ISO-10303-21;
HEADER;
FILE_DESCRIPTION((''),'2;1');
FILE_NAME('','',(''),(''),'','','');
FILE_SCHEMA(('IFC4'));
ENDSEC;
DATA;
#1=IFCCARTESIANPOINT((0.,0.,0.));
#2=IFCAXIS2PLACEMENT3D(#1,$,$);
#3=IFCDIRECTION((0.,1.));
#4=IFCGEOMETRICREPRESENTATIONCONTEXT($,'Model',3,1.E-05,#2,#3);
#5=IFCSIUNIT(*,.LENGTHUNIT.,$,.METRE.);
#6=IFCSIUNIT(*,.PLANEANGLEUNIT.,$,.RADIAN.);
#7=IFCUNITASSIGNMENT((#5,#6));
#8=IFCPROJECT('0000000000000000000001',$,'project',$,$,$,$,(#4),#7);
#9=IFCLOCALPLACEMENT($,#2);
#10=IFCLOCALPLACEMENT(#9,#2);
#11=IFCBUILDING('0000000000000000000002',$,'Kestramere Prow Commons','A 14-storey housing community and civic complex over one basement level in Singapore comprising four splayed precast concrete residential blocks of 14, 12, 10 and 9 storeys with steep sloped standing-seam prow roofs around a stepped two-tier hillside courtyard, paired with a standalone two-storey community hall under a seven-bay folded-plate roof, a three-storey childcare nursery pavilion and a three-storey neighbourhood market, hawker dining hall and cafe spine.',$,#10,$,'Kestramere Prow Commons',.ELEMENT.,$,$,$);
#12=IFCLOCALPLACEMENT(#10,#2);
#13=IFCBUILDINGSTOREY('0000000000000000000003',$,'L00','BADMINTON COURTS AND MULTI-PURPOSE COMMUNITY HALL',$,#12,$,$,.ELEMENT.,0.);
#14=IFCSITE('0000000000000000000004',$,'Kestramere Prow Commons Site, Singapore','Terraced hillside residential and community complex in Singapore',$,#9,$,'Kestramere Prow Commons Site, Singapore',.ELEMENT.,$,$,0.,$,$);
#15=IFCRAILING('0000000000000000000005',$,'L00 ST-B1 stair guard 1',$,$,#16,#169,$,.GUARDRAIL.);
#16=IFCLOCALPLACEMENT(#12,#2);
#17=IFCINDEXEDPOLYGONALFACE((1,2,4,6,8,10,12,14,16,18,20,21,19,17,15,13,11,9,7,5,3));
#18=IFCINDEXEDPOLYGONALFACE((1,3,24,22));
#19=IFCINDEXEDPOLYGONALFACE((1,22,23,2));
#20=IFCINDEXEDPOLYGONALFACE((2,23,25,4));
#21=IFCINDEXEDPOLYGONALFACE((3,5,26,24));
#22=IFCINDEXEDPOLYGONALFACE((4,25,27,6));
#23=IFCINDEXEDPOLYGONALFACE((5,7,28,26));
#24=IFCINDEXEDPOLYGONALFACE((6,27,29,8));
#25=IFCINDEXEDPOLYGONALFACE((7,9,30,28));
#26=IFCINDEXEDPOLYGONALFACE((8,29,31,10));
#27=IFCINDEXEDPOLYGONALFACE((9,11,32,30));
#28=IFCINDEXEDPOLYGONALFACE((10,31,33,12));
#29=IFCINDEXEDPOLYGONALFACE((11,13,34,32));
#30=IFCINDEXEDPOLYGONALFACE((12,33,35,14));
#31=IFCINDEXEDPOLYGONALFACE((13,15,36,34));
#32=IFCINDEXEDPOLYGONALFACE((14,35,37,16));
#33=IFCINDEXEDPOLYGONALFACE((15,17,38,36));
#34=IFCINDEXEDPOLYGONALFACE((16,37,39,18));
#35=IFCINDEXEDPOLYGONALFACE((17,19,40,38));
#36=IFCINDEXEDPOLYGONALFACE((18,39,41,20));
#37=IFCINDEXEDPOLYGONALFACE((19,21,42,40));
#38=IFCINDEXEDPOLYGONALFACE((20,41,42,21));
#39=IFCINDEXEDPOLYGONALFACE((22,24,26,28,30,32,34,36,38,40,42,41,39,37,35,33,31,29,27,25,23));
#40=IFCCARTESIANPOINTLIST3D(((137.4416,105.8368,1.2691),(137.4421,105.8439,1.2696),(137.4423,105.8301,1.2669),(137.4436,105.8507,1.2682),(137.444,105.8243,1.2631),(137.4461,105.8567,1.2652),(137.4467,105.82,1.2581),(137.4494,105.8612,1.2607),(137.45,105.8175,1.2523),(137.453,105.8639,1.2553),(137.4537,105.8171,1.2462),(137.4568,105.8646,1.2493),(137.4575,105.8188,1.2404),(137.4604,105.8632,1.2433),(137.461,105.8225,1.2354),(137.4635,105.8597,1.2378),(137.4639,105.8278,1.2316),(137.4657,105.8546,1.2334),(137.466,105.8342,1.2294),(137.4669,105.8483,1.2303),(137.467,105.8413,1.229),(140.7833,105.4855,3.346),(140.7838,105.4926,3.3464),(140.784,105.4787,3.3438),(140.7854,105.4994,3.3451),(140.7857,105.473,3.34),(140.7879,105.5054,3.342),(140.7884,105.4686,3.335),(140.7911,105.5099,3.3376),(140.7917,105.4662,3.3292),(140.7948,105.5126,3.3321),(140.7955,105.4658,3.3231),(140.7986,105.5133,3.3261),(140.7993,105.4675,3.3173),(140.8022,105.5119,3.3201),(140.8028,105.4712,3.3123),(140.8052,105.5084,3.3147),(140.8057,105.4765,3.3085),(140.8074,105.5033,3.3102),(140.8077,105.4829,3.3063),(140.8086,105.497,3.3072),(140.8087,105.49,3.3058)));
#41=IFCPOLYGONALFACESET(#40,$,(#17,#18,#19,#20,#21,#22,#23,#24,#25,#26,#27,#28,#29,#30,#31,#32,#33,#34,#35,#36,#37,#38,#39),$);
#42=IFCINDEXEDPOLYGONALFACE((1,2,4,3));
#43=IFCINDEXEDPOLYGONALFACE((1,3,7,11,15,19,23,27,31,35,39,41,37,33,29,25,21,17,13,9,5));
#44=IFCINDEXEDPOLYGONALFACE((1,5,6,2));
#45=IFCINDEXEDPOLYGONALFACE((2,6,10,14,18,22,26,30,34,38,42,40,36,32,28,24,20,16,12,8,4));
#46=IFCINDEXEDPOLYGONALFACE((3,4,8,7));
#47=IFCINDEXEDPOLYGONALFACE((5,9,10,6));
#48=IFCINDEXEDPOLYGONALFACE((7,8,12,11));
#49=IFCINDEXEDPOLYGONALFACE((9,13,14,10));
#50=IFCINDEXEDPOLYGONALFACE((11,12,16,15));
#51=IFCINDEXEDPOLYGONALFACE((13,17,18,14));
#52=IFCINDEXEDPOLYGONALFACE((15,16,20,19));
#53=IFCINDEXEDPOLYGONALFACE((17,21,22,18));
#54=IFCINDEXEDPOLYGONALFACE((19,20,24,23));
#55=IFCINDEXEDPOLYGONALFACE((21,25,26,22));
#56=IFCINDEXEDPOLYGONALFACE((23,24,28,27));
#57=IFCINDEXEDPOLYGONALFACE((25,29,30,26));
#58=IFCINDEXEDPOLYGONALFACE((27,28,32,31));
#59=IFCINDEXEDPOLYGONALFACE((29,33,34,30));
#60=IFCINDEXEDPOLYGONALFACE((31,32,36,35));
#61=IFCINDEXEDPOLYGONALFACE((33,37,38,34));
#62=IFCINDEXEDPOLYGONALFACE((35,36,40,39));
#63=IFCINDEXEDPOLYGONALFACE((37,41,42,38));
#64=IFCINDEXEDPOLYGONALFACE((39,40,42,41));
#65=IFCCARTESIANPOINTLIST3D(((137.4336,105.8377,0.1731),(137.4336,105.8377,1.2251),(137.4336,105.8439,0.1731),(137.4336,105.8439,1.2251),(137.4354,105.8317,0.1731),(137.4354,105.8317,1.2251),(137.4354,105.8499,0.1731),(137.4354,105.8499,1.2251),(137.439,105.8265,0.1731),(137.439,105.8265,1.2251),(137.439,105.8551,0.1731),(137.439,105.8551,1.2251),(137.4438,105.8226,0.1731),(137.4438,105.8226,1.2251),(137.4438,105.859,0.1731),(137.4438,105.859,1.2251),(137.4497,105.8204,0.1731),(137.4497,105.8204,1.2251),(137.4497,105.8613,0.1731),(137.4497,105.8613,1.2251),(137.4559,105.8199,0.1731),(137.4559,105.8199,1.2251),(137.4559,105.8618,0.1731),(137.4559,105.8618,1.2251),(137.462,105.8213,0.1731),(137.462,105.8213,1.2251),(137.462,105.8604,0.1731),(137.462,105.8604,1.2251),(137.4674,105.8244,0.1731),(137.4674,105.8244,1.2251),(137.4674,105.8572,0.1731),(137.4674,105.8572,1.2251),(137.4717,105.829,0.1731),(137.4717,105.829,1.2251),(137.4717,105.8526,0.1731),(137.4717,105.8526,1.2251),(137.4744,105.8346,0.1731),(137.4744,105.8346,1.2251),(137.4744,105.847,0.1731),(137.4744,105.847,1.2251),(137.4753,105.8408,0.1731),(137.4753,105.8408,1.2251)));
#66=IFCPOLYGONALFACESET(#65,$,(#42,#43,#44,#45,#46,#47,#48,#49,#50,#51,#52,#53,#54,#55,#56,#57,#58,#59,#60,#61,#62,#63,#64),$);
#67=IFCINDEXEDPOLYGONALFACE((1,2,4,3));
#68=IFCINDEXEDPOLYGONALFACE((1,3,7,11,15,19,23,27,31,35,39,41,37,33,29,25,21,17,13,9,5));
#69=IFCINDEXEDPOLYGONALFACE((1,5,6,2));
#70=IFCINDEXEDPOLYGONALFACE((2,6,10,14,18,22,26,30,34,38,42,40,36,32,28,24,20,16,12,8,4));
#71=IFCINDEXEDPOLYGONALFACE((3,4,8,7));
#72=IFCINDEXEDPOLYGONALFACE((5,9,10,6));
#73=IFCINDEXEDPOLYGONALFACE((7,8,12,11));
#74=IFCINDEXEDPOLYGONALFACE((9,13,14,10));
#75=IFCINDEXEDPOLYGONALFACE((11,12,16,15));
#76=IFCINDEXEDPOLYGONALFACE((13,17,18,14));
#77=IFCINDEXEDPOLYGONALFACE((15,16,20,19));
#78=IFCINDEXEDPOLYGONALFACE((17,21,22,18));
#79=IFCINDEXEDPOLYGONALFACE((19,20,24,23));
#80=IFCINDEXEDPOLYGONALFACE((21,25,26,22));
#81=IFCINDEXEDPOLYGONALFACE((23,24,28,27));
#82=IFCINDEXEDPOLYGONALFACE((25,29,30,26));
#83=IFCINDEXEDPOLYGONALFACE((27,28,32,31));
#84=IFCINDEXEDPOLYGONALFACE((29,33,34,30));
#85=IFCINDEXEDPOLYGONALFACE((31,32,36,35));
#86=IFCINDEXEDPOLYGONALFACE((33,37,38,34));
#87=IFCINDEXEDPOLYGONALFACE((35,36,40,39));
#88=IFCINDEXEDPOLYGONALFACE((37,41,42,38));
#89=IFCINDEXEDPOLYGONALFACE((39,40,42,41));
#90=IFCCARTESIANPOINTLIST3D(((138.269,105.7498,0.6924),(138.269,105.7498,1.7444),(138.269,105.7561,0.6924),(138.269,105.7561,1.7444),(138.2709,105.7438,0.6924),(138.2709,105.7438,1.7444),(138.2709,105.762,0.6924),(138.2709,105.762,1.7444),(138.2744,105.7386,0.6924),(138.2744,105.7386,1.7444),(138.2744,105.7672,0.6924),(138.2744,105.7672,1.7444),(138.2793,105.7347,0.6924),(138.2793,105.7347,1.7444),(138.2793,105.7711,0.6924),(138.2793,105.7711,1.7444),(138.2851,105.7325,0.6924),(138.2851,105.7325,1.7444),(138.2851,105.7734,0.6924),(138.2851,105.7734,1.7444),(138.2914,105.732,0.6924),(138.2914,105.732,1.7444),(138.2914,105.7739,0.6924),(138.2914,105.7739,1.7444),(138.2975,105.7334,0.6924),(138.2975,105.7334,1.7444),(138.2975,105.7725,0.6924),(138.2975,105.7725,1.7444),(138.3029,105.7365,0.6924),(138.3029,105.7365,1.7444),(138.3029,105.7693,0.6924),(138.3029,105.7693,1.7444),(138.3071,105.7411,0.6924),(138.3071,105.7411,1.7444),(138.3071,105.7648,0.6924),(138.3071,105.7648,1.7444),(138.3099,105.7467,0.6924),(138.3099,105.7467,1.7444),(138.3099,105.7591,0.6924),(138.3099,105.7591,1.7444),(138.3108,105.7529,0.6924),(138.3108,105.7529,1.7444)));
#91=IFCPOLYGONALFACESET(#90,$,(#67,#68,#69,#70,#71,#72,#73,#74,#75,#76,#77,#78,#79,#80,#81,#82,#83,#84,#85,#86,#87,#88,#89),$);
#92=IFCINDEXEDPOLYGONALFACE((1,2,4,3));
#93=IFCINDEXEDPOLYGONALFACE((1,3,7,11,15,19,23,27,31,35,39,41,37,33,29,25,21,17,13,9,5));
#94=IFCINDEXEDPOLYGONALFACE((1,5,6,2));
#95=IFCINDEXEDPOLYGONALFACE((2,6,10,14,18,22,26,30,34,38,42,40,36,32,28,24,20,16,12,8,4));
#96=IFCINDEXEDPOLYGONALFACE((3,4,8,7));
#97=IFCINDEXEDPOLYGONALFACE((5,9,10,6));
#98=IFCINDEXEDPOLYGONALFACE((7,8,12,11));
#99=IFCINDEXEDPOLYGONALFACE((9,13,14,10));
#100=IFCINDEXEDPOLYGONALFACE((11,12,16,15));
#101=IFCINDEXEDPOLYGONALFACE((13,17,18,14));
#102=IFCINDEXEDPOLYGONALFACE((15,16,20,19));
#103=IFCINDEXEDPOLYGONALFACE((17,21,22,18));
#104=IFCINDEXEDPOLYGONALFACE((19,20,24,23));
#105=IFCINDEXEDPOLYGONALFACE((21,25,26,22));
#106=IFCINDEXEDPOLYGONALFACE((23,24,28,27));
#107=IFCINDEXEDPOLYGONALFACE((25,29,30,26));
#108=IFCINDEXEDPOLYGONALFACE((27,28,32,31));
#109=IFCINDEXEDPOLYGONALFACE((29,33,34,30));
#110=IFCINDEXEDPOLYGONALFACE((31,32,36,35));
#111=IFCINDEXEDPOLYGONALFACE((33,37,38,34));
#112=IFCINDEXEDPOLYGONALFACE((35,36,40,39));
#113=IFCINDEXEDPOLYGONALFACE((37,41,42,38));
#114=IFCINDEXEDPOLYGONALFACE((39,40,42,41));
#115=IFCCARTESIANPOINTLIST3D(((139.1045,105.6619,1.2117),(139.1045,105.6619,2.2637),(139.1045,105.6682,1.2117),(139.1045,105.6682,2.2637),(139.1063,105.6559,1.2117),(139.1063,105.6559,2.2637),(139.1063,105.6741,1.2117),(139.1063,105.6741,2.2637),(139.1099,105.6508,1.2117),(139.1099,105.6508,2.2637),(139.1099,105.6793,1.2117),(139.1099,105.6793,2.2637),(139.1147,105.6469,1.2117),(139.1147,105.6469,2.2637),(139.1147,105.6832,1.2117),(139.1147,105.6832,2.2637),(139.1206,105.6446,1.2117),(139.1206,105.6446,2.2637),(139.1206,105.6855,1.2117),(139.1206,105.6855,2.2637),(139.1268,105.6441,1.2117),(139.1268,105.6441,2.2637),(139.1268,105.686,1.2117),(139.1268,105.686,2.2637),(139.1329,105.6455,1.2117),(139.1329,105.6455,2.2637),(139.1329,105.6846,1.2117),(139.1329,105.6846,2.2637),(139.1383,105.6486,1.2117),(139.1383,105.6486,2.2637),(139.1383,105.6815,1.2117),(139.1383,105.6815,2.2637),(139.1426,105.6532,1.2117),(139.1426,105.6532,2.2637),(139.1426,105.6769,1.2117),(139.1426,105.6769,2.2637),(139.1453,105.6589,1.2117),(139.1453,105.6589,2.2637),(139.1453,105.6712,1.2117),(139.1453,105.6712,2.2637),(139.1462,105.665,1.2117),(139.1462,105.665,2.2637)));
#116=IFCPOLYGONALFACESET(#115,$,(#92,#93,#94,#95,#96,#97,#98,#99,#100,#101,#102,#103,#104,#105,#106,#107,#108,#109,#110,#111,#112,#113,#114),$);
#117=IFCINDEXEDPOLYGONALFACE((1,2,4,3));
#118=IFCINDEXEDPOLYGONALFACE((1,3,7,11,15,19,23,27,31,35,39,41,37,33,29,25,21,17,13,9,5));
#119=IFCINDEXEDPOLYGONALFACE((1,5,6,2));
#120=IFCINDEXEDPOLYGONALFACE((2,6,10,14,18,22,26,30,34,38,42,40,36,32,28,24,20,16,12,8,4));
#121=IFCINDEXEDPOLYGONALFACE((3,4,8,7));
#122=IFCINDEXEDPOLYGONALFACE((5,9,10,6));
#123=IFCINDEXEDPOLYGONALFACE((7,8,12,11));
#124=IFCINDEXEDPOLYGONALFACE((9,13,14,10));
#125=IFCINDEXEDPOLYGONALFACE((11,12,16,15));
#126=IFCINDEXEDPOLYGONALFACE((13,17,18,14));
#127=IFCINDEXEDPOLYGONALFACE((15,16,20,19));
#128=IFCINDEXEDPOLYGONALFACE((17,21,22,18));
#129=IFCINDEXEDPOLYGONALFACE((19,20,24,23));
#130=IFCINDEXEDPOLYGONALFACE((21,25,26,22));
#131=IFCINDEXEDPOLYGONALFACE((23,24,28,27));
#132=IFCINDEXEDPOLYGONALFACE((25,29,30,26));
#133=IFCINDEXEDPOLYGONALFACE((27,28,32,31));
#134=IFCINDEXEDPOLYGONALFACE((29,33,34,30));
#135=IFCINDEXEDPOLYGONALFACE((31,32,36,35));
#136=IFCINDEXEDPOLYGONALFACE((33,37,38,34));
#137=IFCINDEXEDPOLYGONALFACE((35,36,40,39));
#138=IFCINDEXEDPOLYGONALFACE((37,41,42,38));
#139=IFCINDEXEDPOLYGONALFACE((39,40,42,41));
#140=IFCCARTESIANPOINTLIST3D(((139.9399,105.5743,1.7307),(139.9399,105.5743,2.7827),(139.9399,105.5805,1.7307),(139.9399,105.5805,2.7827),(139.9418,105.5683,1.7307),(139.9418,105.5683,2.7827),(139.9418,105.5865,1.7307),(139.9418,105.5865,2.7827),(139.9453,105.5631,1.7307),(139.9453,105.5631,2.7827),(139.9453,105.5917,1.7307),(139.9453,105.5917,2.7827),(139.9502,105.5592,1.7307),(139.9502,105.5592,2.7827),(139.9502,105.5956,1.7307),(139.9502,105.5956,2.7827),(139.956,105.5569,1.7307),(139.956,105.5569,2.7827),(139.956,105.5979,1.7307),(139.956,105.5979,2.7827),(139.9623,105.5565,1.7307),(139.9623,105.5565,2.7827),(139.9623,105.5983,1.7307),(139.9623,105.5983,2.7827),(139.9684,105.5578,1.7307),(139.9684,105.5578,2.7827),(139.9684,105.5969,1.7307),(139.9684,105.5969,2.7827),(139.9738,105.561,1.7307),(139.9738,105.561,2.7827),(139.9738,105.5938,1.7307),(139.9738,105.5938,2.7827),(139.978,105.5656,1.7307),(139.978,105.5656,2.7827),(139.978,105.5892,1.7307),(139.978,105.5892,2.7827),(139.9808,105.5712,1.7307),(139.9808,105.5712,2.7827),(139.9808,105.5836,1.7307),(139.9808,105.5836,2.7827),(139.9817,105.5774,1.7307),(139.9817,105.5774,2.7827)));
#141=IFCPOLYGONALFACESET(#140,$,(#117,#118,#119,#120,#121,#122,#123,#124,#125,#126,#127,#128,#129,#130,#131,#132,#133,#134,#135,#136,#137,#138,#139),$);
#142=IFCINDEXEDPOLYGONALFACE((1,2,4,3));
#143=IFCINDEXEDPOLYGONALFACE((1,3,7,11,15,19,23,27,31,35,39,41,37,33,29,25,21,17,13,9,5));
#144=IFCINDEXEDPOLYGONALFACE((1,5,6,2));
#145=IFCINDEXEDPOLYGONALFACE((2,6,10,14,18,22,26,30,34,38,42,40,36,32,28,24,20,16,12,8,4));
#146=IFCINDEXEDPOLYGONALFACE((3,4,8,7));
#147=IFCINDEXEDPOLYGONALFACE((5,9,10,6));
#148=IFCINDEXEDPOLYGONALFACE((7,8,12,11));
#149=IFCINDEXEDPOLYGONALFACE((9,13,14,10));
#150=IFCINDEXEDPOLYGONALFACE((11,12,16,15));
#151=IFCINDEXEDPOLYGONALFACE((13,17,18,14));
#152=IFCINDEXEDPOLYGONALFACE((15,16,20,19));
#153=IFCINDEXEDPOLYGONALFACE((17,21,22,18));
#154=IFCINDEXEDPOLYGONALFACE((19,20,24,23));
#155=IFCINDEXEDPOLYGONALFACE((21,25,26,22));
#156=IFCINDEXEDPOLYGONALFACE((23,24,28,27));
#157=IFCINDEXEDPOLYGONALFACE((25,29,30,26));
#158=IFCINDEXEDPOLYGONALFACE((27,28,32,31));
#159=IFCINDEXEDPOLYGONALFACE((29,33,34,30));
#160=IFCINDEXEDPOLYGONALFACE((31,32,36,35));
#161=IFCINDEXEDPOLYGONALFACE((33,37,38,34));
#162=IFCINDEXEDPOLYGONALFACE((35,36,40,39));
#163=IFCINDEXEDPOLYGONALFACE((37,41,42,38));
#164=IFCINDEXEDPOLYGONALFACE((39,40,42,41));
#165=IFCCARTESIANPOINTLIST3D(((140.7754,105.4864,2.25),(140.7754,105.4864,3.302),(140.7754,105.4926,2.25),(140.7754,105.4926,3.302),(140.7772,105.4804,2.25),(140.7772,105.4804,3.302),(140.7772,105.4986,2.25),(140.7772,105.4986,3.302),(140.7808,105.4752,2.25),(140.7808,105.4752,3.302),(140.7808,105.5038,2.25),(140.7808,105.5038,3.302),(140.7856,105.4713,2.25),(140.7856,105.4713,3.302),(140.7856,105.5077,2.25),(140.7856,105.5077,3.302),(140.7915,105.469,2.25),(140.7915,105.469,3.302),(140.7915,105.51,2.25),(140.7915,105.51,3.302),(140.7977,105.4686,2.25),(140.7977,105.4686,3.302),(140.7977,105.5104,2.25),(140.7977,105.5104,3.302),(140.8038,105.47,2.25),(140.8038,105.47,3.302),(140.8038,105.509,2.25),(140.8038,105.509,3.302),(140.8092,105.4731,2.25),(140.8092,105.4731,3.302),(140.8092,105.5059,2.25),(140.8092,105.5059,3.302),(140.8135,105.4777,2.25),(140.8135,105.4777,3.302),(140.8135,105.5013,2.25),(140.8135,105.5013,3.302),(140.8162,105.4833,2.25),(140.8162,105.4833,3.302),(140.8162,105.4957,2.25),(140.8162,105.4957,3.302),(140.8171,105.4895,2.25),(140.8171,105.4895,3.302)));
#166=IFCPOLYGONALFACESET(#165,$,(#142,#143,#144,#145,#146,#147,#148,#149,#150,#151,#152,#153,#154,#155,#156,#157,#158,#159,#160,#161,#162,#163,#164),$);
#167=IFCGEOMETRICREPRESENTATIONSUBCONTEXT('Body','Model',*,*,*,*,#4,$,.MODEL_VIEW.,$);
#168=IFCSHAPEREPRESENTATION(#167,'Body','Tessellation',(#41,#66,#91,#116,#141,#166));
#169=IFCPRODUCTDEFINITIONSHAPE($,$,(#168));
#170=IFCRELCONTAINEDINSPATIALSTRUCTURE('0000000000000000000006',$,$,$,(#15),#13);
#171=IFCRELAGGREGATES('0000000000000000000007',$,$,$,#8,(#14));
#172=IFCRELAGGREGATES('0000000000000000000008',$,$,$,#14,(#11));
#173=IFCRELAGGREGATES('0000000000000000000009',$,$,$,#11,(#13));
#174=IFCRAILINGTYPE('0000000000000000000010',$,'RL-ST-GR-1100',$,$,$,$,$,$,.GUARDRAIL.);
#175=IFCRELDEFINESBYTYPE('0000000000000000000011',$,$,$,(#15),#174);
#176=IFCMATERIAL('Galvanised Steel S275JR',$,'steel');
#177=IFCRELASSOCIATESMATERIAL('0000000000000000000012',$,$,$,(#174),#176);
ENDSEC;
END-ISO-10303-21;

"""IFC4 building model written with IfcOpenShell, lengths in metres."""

from ifc_helpers import new_model, si_unit, direction, frame, origin, origin_2d, place, context, subcontext, project, spatial, circle, extrude, material, type_object, element, save


model = new_model("IFC4")

# Units and contexts
model_context = context("Model", 3, precision=1e-05, world=origin(), true_north=direction((0.0, 1.0)))
body_context = subcontext(model_context, "Body", "Model", "MODEL_VIEW")
ifc_project = project(units=[si_unit("LENGTHUNIT", "METRE"), si_unit("PLANEANGLEUNIT", "RADIAN")], contexts=[model_context])

# Site, building, storey
site_placement = place(None, origin())
site = spatial("IfcSite", under=ifc_project, at=site_placement, Name="Kestramere Prow Commons Site, Singapore", Description="Terraced hillside residential and community complex in Singapore", LongName="Kestramere Prow Commons Site, Singapore", CompositionType="ELEMENT", RefElevation=0.0)
building_placement = place(site_placement, origin())
building = spatial("IfcBuilding", under=site, at=building_placement, Name="Kestramere Prow Commons", Description="A 14-storey housing community and civic complex over one basement level in Singapore comprising four splayed precast concrete residential blocks of 14, 12, 10 and 9 storeys with steep sloped standing-seam prow roofs around a stepped two-tier hillside courtyard, paired with a standalone two-storey community hall under a seven-bay folded-plate roof, a three-storey childcare nursery pavilion and a three-storey neighbourhood market, hawker dining hall and cafe spine.", LongName="Kestramere Prow Commons", CompositionType="ELEMENT")
storey_placement = place(building_placement, origin())
storey = spatial("IfcBuildingStorey", under=building, at=storey_placement, Name="L00", Description="BADMINTON COURTS AND MULTI-PURPOSE COMMUNITY HALL", CompositionType="ELEMENT", Elevation=0.0)

# Railing
ifc_material_1 = material(Name="Galvanised Steel S275JR", Category="steel")
railing_type_1 = type_object("IfcRailingType", Name="RL-ST-GR-1100", PredefinedType="GUARDRAIL", material=ifc_material_1)
railing_1_placement = place(storey_placement, frame((137.4543, 105.8408, 0.1731)))
element("IfcRailing", 1, at=railing_1_placement, inside=storey, type_object=railing_type_1, Name="L00 ST-B1 stair guard 1", PredefinedType="GUARDRAIL", context=body_context, shape_type="SweptSolid", body=[
    extrude(circle(Radius=0.0239, at=origin_2d()), frame((0.0, 0.0, 1.0762), z_axis=(0.845969, -0.088935, 0.525764), x_axis=(0.104552, 0.994519, 0.0)), (0.0, 0.0, 1.0), 3.9502),
    extrude(circle(Radius=0.021, at=origin_2d()), origin(), (0.0, 0.0, 1.0), 1.052),
    extrude(circle(Radius=0.021, at=origin_2d()), frame((0.8354, -0.0879, 0.5193)), (0.0, 0.0, 1.0), 1.052),
    extrude(circle(Radius=0.021, at=origin_2d()), frame((1.6709, -0.1758, 1.0386)), (0.0, 0.0, 1.0), 1.052),
    extrude(circle(Radius=0.021, at=origin_2d()), frame((2.5063, -0.2634, 1.5576)), (0.0, 0.0, 1.0), 1.052),
    extrude(circle(Radius=0.021, at=origin_2d()), frame((3.3418, -0.3513, 2.0769)), (0.0, 0.0, 1.0), 1.052),
])

save(model, "model.ifc")
